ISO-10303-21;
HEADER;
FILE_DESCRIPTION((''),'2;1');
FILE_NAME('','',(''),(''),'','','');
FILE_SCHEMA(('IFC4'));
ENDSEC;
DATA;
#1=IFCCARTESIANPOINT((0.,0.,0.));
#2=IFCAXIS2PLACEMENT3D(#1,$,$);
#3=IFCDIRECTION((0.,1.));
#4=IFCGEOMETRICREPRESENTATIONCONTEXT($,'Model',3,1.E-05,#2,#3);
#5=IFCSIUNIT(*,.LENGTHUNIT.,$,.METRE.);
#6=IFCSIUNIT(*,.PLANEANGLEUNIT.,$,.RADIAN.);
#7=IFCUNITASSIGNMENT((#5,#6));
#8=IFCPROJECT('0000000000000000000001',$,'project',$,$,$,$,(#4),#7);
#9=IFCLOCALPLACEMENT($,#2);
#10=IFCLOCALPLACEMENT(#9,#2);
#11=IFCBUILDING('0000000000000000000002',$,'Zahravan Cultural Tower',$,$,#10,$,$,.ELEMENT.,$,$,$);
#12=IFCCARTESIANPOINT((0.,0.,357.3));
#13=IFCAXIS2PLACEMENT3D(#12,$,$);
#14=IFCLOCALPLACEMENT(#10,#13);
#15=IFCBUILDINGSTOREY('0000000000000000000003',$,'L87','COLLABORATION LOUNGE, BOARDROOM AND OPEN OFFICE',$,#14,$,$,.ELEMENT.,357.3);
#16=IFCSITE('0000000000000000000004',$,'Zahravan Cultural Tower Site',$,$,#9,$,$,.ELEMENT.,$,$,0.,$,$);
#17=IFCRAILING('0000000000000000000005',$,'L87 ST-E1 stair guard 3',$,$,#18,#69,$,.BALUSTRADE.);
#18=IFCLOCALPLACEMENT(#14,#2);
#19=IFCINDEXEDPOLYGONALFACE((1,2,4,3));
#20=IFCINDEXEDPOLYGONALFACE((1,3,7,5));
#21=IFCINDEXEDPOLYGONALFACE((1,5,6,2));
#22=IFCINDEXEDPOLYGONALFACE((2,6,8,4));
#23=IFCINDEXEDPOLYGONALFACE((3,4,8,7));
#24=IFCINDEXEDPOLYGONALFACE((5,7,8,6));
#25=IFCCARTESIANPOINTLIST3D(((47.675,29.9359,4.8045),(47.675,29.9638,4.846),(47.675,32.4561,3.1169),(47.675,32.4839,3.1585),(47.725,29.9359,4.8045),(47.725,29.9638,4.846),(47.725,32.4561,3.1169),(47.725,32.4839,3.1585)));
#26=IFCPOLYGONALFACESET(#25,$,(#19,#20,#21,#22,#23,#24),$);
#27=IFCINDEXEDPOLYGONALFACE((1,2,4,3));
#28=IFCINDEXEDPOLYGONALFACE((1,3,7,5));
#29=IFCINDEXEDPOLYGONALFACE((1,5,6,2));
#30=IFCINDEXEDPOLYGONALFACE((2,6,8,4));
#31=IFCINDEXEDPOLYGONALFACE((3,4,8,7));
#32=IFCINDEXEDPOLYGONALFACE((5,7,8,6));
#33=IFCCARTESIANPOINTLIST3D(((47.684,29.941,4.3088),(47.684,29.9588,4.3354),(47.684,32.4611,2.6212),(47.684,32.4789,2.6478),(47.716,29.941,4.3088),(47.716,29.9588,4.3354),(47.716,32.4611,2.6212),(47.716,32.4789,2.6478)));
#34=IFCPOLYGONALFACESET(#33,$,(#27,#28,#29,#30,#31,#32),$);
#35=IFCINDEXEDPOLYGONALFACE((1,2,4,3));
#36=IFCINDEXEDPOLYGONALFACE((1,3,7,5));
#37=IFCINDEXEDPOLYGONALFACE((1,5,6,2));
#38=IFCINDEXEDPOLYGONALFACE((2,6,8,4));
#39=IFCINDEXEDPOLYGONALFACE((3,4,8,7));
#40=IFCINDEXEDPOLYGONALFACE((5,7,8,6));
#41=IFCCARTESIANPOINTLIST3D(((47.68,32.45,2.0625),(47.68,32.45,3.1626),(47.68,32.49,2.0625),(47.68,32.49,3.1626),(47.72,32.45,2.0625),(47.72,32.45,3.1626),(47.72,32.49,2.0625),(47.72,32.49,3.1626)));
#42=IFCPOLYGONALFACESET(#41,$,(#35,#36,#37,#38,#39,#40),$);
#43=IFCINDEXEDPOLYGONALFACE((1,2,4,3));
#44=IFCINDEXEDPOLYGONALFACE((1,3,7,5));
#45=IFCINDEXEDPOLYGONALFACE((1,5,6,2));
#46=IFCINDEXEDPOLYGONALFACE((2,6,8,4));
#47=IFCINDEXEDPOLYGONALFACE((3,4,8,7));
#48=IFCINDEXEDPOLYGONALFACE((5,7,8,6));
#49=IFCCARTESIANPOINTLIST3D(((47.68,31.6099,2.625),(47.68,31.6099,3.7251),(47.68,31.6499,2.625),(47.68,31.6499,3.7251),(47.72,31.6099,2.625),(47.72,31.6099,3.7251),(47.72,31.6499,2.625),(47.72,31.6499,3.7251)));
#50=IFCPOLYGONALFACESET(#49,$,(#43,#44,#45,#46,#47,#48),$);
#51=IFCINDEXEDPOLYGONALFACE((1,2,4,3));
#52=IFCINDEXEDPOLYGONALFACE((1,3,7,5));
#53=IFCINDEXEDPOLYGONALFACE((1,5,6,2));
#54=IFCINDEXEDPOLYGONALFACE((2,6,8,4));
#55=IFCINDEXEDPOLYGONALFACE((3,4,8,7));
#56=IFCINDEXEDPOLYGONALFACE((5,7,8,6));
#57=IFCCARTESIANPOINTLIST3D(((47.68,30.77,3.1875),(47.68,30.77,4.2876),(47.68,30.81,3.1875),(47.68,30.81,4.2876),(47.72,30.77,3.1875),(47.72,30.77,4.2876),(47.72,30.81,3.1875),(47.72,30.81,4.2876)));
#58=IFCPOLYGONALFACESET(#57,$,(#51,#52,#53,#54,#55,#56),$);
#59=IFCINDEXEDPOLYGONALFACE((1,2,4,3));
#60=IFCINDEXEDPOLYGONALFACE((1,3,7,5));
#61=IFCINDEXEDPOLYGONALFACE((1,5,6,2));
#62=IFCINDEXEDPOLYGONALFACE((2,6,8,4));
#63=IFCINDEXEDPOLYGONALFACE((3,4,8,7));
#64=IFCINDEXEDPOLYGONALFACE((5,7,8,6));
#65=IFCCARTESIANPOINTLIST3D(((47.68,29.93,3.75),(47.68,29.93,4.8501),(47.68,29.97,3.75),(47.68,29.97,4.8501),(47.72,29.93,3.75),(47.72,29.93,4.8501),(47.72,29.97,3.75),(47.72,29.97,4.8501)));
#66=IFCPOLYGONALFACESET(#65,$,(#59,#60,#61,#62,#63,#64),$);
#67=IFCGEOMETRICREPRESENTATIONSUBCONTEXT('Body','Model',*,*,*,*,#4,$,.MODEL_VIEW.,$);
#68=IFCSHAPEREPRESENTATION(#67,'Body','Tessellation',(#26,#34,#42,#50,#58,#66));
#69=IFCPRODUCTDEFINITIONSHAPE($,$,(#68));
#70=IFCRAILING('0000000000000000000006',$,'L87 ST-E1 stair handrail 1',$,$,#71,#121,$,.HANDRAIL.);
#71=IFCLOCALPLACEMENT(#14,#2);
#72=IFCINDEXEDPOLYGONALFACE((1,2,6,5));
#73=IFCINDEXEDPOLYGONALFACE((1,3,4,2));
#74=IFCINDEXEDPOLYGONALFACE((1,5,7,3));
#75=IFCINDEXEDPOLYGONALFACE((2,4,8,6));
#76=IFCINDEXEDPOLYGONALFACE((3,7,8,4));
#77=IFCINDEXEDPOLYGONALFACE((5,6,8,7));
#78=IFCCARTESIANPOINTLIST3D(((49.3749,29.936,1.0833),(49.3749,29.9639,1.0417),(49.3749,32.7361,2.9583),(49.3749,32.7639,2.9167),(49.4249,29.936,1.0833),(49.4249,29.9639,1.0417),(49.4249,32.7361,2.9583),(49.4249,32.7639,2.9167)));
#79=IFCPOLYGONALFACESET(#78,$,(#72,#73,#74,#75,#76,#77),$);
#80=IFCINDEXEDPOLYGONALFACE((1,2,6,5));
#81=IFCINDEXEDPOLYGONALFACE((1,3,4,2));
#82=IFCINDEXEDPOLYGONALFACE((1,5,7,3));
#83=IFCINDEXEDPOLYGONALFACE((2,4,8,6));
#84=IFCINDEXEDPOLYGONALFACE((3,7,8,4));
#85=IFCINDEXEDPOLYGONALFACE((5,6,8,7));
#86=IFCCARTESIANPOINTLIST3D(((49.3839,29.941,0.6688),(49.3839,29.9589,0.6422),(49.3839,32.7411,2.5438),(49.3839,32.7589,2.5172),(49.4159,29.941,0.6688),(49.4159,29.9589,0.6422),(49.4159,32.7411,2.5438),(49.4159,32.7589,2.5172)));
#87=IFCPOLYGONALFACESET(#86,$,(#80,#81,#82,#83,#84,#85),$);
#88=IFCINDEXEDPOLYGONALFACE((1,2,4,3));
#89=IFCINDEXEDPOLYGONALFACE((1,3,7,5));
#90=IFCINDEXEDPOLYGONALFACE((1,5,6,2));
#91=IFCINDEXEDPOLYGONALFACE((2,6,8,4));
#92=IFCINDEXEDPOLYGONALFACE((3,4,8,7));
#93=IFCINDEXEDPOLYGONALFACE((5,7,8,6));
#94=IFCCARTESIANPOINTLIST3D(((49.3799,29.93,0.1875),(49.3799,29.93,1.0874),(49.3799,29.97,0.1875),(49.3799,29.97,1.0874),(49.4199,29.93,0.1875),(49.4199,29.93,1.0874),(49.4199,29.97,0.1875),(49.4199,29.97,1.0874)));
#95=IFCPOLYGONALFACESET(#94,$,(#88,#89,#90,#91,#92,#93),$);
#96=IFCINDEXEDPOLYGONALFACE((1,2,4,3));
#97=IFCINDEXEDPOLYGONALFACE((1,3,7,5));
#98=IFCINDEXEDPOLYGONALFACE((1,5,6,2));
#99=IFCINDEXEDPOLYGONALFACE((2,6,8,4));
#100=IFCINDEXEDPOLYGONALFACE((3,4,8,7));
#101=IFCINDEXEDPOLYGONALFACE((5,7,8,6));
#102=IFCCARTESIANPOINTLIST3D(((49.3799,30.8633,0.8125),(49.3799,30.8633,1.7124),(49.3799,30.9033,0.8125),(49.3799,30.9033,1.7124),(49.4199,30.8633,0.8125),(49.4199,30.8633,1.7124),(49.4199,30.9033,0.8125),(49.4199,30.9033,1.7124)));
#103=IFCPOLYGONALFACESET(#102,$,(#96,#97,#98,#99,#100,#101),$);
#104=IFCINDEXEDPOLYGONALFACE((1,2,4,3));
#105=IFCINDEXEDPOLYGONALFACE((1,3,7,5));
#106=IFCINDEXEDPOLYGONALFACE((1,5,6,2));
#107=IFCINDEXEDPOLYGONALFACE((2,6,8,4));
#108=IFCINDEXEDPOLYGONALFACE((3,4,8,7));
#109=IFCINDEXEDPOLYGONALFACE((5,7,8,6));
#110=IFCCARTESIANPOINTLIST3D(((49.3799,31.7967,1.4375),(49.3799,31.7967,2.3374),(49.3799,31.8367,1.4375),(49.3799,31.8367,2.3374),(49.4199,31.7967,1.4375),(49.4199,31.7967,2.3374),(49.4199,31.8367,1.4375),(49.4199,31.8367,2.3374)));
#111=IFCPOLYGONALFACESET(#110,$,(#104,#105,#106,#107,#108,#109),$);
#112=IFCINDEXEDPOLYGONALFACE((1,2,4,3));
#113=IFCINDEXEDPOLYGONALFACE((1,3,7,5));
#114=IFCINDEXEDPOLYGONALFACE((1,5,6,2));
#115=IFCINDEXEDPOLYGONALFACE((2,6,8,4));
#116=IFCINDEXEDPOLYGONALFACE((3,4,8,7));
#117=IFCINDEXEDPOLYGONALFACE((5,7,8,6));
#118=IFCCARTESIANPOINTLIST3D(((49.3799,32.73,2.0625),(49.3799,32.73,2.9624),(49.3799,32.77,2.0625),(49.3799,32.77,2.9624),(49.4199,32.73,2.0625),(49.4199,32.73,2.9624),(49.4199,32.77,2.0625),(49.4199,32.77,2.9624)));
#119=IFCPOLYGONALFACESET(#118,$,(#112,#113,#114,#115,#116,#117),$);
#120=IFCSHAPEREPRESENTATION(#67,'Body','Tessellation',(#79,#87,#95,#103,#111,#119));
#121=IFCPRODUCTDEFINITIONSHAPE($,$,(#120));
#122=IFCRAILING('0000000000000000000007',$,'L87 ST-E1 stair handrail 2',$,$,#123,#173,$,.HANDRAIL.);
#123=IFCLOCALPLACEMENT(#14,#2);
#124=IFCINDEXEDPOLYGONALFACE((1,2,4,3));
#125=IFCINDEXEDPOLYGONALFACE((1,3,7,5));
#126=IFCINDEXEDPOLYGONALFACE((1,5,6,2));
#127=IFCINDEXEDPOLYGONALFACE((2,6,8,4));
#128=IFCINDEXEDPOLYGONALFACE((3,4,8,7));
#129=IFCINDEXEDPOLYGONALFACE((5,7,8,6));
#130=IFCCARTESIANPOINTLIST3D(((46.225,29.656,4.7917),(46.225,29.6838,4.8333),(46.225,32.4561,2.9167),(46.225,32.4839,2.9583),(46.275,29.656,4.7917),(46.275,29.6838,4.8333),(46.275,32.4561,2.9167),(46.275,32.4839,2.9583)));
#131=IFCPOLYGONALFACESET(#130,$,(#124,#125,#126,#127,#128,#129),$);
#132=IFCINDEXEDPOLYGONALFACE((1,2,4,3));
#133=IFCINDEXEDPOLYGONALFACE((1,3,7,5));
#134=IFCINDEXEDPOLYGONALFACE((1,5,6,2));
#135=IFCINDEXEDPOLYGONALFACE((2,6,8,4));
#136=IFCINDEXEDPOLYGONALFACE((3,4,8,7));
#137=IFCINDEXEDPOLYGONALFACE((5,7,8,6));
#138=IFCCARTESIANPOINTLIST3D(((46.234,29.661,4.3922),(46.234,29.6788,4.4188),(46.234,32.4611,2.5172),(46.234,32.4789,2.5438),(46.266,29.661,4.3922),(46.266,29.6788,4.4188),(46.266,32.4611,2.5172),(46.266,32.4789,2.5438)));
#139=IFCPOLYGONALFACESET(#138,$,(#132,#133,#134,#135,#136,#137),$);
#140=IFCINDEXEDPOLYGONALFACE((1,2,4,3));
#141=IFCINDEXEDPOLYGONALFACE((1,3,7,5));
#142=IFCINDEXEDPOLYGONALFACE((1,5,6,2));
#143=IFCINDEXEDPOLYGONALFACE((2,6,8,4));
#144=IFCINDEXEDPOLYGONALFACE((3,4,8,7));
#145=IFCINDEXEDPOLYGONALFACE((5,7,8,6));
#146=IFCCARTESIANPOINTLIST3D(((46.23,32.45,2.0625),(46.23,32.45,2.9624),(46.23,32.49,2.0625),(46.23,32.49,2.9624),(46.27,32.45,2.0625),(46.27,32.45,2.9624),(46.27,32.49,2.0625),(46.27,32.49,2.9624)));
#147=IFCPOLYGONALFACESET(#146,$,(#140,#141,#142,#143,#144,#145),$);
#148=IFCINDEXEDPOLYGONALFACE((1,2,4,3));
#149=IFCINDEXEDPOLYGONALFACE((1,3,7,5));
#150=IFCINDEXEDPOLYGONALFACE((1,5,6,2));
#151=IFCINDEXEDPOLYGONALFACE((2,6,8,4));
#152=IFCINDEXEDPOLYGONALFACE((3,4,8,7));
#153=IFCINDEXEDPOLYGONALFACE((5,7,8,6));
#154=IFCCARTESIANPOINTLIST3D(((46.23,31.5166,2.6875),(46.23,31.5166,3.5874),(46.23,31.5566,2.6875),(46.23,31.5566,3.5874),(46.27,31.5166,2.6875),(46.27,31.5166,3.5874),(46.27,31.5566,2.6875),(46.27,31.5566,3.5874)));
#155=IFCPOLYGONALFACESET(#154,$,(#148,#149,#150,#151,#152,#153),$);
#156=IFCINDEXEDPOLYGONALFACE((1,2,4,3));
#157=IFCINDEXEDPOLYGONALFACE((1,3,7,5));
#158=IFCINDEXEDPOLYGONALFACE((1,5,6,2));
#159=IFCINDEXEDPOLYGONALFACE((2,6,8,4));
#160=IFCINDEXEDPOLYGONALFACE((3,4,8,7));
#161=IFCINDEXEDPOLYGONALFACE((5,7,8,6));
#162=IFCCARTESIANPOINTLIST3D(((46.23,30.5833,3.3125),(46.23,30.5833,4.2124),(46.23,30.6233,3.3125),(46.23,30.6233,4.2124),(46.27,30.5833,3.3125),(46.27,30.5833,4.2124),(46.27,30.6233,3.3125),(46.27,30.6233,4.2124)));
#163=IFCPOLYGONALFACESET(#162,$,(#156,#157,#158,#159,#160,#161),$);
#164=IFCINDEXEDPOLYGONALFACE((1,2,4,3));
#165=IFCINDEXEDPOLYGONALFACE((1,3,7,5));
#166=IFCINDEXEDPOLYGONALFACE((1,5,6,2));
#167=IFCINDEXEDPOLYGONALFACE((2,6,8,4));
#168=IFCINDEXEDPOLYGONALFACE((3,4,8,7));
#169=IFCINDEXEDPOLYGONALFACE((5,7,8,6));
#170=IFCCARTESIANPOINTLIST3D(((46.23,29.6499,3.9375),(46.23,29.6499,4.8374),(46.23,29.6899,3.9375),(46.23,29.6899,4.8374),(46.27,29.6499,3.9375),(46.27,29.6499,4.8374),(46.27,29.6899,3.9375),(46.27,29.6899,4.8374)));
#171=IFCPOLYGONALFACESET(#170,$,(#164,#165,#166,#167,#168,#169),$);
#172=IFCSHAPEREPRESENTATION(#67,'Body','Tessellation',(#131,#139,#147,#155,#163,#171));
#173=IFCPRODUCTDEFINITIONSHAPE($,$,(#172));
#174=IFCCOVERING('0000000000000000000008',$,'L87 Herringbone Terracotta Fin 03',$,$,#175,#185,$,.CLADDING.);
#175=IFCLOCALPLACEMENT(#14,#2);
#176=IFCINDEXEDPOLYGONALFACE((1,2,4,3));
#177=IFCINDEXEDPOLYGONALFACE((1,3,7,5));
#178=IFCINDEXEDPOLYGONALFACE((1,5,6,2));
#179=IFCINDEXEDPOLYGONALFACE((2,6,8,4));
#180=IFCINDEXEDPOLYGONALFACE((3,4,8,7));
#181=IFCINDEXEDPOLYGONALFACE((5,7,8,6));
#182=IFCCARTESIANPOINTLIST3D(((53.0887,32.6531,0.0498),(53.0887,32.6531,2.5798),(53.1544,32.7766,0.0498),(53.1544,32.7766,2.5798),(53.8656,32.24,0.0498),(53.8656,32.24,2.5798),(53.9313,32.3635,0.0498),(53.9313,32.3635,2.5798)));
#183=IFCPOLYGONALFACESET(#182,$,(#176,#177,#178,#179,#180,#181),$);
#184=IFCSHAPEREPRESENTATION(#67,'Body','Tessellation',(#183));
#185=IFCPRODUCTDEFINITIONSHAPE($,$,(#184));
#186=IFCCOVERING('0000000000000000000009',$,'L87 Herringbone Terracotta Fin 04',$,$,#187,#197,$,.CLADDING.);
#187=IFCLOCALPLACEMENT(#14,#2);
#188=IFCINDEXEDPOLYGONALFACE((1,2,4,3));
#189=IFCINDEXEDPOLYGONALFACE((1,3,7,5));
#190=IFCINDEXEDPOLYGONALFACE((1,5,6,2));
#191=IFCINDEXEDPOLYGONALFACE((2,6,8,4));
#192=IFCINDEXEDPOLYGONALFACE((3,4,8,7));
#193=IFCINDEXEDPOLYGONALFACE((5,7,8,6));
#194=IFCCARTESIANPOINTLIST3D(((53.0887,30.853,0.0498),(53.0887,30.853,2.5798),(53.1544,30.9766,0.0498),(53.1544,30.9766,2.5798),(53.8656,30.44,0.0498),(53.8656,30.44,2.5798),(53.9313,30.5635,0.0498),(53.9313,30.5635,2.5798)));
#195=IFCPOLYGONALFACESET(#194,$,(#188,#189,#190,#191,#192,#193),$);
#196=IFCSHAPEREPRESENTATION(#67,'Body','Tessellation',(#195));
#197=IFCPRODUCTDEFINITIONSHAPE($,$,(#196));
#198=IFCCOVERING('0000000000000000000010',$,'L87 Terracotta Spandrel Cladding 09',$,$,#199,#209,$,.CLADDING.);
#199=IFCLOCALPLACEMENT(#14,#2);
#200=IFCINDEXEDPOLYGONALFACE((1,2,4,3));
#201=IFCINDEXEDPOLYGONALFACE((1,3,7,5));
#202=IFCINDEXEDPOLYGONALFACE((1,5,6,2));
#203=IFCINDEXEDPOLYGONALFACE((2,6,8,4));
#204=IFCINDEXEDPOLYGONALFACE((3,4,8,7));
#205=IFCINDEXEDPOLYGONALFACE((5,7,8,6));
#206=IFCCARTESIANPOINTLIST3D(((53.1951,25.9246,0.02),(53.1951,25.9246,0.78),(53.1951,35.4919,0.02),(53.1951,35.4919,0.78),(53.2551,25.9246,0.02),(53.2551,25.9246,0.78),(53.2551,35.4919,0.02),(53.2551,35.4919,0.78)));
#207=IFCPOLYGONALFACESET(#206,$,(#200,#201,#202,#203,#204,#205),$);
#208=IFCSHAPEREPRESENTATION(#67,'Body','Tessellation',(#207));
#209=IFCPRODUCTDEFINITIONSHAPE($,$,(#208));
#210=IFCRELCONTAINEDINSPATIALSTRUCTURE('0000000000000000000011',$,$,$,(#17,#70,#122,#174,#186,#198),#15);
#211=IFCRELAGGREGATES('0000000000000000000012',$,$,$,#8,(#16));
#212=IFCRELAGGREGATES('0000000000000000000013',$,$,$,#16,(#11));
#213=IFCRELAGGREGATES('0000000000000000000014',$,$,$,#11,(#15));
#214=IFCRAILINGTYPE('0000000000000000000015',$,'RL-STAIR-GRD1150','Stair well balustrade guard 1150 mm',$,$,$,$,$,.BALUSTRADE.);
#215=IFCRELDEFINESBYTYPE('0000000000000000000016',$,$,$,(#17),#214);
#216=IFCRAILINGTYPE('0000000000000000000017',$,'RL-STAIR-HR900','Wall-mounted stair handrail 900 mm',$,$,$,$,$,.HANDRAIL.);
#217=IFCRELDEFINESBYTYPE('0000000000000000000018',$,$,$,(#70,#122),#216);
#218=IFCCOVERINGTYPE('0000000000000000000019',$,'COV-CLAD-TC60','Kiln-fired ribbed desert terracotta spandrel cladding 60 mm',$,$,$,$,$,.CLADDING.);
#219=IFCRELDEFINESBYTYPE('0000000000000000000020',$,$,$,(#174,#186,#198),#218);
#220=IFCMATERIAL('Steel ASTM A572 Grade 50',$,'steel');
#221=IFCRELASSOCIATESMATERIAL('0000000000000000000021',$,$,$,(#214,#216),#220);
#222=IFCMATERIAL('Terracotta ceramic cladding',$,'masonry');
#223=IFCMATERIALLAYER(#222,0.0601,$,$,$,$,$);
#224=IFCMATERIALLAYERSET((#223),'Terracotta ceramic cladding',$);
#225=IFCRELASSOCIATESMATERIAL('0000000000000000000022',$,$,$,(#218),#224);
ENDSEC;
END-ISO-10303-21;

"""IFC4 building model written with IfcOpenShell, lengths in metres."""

from ifc_helpers import new_model, si_unit, direction, frame, origin, origin_2d, place, context, subcontext, project, spatial, rectangle, extrude, source, transform, mapped, material, layer, layer_set, type_object, element, save


model = new_model("IFC4")

# Units and contexts
model_context = context("Model", 3, precision=1e-05, world=origin(), true_north=direction((0.0, 1.0)))
body_context = subcontext(model_context, "Body", "Model", "MODEL_VIEW")
ifc_project = project(units=[si_unit("LENGTHUNIT", "METRE"), si_unit("PLANEANGLEUNIT", "RADIAN")], contexts=[model_context])

# Site, building, storey
site_placement = place(None, origin())
site = spatial("IfcSite", under=ifc_project, at=site_placement, Name="Zahravan Cultural Tower Site", CompositionType="ELEMENT", RefElevation=0.0)
building_placement = place(site_placement, origin())
building = spatial("IfcBuilding", under=site, at=building_placement, Name="Zahravan Cultural Tower", CompositionType="ELEMENT")
storey_placement = place(building_placement, frame((0.0, 0.0, 357.3)))
storey = spatial("IfcBuildingStorey", under=building, at=storey_placement, Name="L87", Description="COLLABORATION LOUNGE, BOARDROOM AND OPEN OFFICE", CompositionType="ELEMENT", Elevation=357.3)

# Shared definitions
ifc_material_1 = material(Name="Steel ASTM A572 Grade 50", Category="steel")

# Railings
railing_type_1 = type_object("IfcRailingType", Name="RL-STAIR-GRD1150", Description="Stair well balustrade guard 1150 mm", PredefinedType="BALUSTRADE", material=ifc_material_1)
railing_1_placement = place(storey_placement, frame((47.7, 32.47, 2.0625)))
element("IfcRailing", 1, at=railing_1_placement, inside=storey, type_object=railing_type_1, Name="L87 ST-E1 stair guard 3", PredefinedType="BALUSTRADE", context=body_context, shape_type="SweptSolid", body=[
    extrude(rectangle(XDim=0.05, YDim=0.05, at=origin_2d()), frame((0.0, 0.0, 1.0752), z_axis=(0.0, -0.830909, 0.556408), x_axis=(1.0, 0.0, 0.0)), (0.0, 0.0, 1.0), 3.033),
    extrude(rectangle(XDim=0.032, YDim=0.032, at=origin_2d()), frame((0.0, 0.0, 0.572), z_axis=(0.0, -0.830909, 0.556408), x_axis=(1.0, 0.0, 0.0)), (0.0, 0.0, 1.0), 3.033),
    extrude(rectangle(XDim=0.04, YDim=0.04, at=origin_2d()), origin(), (0.0, 0.0, 1.0), 1.1001),
    extrude(rectangle(XDim=0.04, YDim=0.04, at=origin_2d()), frame((0.0, -0.8401, 0.5625)), (0.0, 0.0, 1.0), 1.1001),
    extrude(rectangle(XDim=0.04, YDim=0.04, at=origin_2d()), frame((0.0, -1.6799, 1.125)), (0.0, 0.0, 1.0), 1.1001),
    extrude(rectangle(XDim=0.04, YDim=0.04, at=origin_2d()), frame((0.0, -2.52, 1.6875)), (0.0, 0.0, 1.0), 1.1001),
])
railing_type_2 = type_object("IfcRailingType", Name="RL-STAIR-HR900", Description="Wall-mounted stair handrail 900 mm", PredefinedType="HANDRAIL", material=ifc_material_1)
railing_2_placement = place(storey_placement, frame((49.3999, 29.95, 0.1875)))
element("IfcRailing", 2, at=railing_2_placement, inside=storey, type_object=railing_type_2, Name="L87 ST-E1 stair handrail 1", PredefinedType="HANDRAIL", context=body_context, shape_type="SweptSolid", body=[
    extrude(rectangle(XDim=0.05, YDim=0.05, at=origin_2d()), frame((0.0, 0.0, 0.875), z_axis=(0.0, 0.830912, 0.556404), x_axis=(-1.0, 0.0, 0.0)), (0.0, 0.0, 1.0), 3.3699),
    extrude(rectangle(XDim=0.032, YDim=0.032, at=origin_2d()), frame((0.0, 0.0, 0.468), z_axis=(0.0, 0.830912, 0.556404), x_axis=(-1.0, 0.0, 0.0)), (0.0, 0.0, 1.0), 3.3699),
    extrude(rectangle(XDim=0.04, YDim=0.04, at=origin_2d()), origin(), (0.0, 0.0, 1.0), 0.8999),
    extrude(rectangle(XDim=0.04, YDim=0.04, at=origin_2d()), frame((0.0, 0.9333, 0.625)), (0.0, 0.0, 1.0), 0.8999),
    extrude(rectangle(XDim=0.04, YDim=0.04, at=origin_2d()), frame((0.0, 1.8667, 1.25)), (0.0, 0.0, 1.0), 0.8999),
    extrude(rectangle(XDim=0.04, YDim=0.04, at=origin_2d()), frame((0.0, 2.8, 1.875)), (0.0, 0.0, 1.0), 0.8999),
])
railing_3_placement = place(storey_placement, frame((46.25, 32.47, 2.0625)))
element("IfcRailing", 3, at=railing_3_placement, inside=storey, type_object=railing_type_2, Name="L87 ST-E1 stair handrail 2", PredefinedType="HANDRAIL", context=body_context, shape_type="SweptSolid", body=[
    extrude(rectangle(XDim=0.05, YDim=0.05, at=origin_2d()), frame((0.0, 0.0, 0.875), z_axis=(0.0, -0.830912, 0.556404), x_axis=(1.0, 0.0, 0.0)), (0.0, 0.0, 1.0), 3.3699),
    extrude(rectangle(XDim=0.032, YDim=0.032, at=origin_2d()), frame((0.0, 0.0, 0.468), z_axis=(0.0, -0.830912, 0.556404), x_axis=(1.0, 0.0, 0.0)), (0.0, 0.0, 1.0), 3.3699),
    extrude(rectangle(XDim=0.04, YDim=0.04, at=origin_2d()), origin(), (0.0, 0.0, 1.0), 0.8999),
    extrude(rectangle(XDim=0.04, YDim=0.04, at=origin_2d()), frame((0.0, -0.9333, 0.625)), (0.0, 0.0, 1.0), 0.8999),
    extrude(rectangle(XDim=0.04, YDim=0.04, at=origin_2d()), frame((0.0, -1.8667, 1.25)), (0.0, 0.0, 1.0), 0.8999),
    extrude(rectangle(XDim=0.04, YDim=0.04, at=origin_2d()), frame((0.0, -2.8, 1.875)), (0.0, 0.0, 1.0), 0.8999),
])

# Coverings
ifc_material_2 = material(Name="Terracotta ceramic cladding", Category="masonry")
ifc_layer_1 = layer(ifc_material_2, 0.0601)
ifc_layer_set_1 = layer_set([ifc_layer_1], Name="Terracotta ceramic cladding")
covering_type = type_object("IfcCoveringType", Name="COV-CLAD-TC60", Description="Kiln-fired ribbed desert terracotta spandrel cladding 60 mm", PredefinedType="CLADDING", material=ifc_layer_set_1)
shared_shape_1 = source(origin(), body_context, "Body", "SweptSolid", [
    extrude(rectangle(XDim=0.8799, YDim=0.1399, at=origin_2d()), origin(), (0.0, 0.0, 1.0), 2.53),
])
for number, where, z_axis, x_axis, name in (
    (4, (53.51, 32.5083, 0.0498), (0.0, 0.0, 1.0), (0.882948, -0.469472, 0.0), "L87 Herringbone Terracotta Fin 03"),
    (5, (53.51, 30.7083, 0.0498), (0.0, 0.0, 1.0), (0.882948, -0.469472, 0.0), "L87 Herringbone Terracotta Fin 04"),
):
    element("IfcCovering", number, at=place(storey_placement, frame(where, z_axis=z_axis, x_axis=x_axis)), inside=storey, type_object=covering_type, Name=name, PredefinedType="CLADDING", context=body_context, shape_type="MappedRepresentation", body=[
        mapped(shared_shape_1, transform((0.0, 0.0, 0.0), x_axis=(1.0, 0.0, 0.0), y_axis=(0.0, 1.0, 0.0), z_axis=(0.0, 0.0, 1.0), scale=1.0)),
    ])
shared_shape_2 = source(origin(), body_context, "Body", "SweptSolid", [
    extrude(rectangle(XDim=9.5674, YDim=0.0601, at=origin_2d()), origin(), (0.0, 0.0, 1.0), 0.76),
])
covering_placement = place(storey_placement, frame((53.2251, 30.7083, 0.02), z_axis=(0.0, 0.0, 1.0), x_axis=(0.0, -1.0, 0.0)))
element("IfcCovering", 6, at=covering_placement, inside=storey, type_object=covering_type, Name="L87 Terracotta Spandrel Cladding 09", PredefinedType="CLADDING", context=body_context, shape_type="MappedRepresentation", body=[
    mapped(shared_shape_2, transform((0.0, 0.0, 0.0), x_axis=(1.0, 0.0, 0.0), y_axis=(0.0, 1.0, 0.0), z_axis=(0.0, 0.0, 1.0), scale=1.0)),
])

save(model, "model.ifc")
